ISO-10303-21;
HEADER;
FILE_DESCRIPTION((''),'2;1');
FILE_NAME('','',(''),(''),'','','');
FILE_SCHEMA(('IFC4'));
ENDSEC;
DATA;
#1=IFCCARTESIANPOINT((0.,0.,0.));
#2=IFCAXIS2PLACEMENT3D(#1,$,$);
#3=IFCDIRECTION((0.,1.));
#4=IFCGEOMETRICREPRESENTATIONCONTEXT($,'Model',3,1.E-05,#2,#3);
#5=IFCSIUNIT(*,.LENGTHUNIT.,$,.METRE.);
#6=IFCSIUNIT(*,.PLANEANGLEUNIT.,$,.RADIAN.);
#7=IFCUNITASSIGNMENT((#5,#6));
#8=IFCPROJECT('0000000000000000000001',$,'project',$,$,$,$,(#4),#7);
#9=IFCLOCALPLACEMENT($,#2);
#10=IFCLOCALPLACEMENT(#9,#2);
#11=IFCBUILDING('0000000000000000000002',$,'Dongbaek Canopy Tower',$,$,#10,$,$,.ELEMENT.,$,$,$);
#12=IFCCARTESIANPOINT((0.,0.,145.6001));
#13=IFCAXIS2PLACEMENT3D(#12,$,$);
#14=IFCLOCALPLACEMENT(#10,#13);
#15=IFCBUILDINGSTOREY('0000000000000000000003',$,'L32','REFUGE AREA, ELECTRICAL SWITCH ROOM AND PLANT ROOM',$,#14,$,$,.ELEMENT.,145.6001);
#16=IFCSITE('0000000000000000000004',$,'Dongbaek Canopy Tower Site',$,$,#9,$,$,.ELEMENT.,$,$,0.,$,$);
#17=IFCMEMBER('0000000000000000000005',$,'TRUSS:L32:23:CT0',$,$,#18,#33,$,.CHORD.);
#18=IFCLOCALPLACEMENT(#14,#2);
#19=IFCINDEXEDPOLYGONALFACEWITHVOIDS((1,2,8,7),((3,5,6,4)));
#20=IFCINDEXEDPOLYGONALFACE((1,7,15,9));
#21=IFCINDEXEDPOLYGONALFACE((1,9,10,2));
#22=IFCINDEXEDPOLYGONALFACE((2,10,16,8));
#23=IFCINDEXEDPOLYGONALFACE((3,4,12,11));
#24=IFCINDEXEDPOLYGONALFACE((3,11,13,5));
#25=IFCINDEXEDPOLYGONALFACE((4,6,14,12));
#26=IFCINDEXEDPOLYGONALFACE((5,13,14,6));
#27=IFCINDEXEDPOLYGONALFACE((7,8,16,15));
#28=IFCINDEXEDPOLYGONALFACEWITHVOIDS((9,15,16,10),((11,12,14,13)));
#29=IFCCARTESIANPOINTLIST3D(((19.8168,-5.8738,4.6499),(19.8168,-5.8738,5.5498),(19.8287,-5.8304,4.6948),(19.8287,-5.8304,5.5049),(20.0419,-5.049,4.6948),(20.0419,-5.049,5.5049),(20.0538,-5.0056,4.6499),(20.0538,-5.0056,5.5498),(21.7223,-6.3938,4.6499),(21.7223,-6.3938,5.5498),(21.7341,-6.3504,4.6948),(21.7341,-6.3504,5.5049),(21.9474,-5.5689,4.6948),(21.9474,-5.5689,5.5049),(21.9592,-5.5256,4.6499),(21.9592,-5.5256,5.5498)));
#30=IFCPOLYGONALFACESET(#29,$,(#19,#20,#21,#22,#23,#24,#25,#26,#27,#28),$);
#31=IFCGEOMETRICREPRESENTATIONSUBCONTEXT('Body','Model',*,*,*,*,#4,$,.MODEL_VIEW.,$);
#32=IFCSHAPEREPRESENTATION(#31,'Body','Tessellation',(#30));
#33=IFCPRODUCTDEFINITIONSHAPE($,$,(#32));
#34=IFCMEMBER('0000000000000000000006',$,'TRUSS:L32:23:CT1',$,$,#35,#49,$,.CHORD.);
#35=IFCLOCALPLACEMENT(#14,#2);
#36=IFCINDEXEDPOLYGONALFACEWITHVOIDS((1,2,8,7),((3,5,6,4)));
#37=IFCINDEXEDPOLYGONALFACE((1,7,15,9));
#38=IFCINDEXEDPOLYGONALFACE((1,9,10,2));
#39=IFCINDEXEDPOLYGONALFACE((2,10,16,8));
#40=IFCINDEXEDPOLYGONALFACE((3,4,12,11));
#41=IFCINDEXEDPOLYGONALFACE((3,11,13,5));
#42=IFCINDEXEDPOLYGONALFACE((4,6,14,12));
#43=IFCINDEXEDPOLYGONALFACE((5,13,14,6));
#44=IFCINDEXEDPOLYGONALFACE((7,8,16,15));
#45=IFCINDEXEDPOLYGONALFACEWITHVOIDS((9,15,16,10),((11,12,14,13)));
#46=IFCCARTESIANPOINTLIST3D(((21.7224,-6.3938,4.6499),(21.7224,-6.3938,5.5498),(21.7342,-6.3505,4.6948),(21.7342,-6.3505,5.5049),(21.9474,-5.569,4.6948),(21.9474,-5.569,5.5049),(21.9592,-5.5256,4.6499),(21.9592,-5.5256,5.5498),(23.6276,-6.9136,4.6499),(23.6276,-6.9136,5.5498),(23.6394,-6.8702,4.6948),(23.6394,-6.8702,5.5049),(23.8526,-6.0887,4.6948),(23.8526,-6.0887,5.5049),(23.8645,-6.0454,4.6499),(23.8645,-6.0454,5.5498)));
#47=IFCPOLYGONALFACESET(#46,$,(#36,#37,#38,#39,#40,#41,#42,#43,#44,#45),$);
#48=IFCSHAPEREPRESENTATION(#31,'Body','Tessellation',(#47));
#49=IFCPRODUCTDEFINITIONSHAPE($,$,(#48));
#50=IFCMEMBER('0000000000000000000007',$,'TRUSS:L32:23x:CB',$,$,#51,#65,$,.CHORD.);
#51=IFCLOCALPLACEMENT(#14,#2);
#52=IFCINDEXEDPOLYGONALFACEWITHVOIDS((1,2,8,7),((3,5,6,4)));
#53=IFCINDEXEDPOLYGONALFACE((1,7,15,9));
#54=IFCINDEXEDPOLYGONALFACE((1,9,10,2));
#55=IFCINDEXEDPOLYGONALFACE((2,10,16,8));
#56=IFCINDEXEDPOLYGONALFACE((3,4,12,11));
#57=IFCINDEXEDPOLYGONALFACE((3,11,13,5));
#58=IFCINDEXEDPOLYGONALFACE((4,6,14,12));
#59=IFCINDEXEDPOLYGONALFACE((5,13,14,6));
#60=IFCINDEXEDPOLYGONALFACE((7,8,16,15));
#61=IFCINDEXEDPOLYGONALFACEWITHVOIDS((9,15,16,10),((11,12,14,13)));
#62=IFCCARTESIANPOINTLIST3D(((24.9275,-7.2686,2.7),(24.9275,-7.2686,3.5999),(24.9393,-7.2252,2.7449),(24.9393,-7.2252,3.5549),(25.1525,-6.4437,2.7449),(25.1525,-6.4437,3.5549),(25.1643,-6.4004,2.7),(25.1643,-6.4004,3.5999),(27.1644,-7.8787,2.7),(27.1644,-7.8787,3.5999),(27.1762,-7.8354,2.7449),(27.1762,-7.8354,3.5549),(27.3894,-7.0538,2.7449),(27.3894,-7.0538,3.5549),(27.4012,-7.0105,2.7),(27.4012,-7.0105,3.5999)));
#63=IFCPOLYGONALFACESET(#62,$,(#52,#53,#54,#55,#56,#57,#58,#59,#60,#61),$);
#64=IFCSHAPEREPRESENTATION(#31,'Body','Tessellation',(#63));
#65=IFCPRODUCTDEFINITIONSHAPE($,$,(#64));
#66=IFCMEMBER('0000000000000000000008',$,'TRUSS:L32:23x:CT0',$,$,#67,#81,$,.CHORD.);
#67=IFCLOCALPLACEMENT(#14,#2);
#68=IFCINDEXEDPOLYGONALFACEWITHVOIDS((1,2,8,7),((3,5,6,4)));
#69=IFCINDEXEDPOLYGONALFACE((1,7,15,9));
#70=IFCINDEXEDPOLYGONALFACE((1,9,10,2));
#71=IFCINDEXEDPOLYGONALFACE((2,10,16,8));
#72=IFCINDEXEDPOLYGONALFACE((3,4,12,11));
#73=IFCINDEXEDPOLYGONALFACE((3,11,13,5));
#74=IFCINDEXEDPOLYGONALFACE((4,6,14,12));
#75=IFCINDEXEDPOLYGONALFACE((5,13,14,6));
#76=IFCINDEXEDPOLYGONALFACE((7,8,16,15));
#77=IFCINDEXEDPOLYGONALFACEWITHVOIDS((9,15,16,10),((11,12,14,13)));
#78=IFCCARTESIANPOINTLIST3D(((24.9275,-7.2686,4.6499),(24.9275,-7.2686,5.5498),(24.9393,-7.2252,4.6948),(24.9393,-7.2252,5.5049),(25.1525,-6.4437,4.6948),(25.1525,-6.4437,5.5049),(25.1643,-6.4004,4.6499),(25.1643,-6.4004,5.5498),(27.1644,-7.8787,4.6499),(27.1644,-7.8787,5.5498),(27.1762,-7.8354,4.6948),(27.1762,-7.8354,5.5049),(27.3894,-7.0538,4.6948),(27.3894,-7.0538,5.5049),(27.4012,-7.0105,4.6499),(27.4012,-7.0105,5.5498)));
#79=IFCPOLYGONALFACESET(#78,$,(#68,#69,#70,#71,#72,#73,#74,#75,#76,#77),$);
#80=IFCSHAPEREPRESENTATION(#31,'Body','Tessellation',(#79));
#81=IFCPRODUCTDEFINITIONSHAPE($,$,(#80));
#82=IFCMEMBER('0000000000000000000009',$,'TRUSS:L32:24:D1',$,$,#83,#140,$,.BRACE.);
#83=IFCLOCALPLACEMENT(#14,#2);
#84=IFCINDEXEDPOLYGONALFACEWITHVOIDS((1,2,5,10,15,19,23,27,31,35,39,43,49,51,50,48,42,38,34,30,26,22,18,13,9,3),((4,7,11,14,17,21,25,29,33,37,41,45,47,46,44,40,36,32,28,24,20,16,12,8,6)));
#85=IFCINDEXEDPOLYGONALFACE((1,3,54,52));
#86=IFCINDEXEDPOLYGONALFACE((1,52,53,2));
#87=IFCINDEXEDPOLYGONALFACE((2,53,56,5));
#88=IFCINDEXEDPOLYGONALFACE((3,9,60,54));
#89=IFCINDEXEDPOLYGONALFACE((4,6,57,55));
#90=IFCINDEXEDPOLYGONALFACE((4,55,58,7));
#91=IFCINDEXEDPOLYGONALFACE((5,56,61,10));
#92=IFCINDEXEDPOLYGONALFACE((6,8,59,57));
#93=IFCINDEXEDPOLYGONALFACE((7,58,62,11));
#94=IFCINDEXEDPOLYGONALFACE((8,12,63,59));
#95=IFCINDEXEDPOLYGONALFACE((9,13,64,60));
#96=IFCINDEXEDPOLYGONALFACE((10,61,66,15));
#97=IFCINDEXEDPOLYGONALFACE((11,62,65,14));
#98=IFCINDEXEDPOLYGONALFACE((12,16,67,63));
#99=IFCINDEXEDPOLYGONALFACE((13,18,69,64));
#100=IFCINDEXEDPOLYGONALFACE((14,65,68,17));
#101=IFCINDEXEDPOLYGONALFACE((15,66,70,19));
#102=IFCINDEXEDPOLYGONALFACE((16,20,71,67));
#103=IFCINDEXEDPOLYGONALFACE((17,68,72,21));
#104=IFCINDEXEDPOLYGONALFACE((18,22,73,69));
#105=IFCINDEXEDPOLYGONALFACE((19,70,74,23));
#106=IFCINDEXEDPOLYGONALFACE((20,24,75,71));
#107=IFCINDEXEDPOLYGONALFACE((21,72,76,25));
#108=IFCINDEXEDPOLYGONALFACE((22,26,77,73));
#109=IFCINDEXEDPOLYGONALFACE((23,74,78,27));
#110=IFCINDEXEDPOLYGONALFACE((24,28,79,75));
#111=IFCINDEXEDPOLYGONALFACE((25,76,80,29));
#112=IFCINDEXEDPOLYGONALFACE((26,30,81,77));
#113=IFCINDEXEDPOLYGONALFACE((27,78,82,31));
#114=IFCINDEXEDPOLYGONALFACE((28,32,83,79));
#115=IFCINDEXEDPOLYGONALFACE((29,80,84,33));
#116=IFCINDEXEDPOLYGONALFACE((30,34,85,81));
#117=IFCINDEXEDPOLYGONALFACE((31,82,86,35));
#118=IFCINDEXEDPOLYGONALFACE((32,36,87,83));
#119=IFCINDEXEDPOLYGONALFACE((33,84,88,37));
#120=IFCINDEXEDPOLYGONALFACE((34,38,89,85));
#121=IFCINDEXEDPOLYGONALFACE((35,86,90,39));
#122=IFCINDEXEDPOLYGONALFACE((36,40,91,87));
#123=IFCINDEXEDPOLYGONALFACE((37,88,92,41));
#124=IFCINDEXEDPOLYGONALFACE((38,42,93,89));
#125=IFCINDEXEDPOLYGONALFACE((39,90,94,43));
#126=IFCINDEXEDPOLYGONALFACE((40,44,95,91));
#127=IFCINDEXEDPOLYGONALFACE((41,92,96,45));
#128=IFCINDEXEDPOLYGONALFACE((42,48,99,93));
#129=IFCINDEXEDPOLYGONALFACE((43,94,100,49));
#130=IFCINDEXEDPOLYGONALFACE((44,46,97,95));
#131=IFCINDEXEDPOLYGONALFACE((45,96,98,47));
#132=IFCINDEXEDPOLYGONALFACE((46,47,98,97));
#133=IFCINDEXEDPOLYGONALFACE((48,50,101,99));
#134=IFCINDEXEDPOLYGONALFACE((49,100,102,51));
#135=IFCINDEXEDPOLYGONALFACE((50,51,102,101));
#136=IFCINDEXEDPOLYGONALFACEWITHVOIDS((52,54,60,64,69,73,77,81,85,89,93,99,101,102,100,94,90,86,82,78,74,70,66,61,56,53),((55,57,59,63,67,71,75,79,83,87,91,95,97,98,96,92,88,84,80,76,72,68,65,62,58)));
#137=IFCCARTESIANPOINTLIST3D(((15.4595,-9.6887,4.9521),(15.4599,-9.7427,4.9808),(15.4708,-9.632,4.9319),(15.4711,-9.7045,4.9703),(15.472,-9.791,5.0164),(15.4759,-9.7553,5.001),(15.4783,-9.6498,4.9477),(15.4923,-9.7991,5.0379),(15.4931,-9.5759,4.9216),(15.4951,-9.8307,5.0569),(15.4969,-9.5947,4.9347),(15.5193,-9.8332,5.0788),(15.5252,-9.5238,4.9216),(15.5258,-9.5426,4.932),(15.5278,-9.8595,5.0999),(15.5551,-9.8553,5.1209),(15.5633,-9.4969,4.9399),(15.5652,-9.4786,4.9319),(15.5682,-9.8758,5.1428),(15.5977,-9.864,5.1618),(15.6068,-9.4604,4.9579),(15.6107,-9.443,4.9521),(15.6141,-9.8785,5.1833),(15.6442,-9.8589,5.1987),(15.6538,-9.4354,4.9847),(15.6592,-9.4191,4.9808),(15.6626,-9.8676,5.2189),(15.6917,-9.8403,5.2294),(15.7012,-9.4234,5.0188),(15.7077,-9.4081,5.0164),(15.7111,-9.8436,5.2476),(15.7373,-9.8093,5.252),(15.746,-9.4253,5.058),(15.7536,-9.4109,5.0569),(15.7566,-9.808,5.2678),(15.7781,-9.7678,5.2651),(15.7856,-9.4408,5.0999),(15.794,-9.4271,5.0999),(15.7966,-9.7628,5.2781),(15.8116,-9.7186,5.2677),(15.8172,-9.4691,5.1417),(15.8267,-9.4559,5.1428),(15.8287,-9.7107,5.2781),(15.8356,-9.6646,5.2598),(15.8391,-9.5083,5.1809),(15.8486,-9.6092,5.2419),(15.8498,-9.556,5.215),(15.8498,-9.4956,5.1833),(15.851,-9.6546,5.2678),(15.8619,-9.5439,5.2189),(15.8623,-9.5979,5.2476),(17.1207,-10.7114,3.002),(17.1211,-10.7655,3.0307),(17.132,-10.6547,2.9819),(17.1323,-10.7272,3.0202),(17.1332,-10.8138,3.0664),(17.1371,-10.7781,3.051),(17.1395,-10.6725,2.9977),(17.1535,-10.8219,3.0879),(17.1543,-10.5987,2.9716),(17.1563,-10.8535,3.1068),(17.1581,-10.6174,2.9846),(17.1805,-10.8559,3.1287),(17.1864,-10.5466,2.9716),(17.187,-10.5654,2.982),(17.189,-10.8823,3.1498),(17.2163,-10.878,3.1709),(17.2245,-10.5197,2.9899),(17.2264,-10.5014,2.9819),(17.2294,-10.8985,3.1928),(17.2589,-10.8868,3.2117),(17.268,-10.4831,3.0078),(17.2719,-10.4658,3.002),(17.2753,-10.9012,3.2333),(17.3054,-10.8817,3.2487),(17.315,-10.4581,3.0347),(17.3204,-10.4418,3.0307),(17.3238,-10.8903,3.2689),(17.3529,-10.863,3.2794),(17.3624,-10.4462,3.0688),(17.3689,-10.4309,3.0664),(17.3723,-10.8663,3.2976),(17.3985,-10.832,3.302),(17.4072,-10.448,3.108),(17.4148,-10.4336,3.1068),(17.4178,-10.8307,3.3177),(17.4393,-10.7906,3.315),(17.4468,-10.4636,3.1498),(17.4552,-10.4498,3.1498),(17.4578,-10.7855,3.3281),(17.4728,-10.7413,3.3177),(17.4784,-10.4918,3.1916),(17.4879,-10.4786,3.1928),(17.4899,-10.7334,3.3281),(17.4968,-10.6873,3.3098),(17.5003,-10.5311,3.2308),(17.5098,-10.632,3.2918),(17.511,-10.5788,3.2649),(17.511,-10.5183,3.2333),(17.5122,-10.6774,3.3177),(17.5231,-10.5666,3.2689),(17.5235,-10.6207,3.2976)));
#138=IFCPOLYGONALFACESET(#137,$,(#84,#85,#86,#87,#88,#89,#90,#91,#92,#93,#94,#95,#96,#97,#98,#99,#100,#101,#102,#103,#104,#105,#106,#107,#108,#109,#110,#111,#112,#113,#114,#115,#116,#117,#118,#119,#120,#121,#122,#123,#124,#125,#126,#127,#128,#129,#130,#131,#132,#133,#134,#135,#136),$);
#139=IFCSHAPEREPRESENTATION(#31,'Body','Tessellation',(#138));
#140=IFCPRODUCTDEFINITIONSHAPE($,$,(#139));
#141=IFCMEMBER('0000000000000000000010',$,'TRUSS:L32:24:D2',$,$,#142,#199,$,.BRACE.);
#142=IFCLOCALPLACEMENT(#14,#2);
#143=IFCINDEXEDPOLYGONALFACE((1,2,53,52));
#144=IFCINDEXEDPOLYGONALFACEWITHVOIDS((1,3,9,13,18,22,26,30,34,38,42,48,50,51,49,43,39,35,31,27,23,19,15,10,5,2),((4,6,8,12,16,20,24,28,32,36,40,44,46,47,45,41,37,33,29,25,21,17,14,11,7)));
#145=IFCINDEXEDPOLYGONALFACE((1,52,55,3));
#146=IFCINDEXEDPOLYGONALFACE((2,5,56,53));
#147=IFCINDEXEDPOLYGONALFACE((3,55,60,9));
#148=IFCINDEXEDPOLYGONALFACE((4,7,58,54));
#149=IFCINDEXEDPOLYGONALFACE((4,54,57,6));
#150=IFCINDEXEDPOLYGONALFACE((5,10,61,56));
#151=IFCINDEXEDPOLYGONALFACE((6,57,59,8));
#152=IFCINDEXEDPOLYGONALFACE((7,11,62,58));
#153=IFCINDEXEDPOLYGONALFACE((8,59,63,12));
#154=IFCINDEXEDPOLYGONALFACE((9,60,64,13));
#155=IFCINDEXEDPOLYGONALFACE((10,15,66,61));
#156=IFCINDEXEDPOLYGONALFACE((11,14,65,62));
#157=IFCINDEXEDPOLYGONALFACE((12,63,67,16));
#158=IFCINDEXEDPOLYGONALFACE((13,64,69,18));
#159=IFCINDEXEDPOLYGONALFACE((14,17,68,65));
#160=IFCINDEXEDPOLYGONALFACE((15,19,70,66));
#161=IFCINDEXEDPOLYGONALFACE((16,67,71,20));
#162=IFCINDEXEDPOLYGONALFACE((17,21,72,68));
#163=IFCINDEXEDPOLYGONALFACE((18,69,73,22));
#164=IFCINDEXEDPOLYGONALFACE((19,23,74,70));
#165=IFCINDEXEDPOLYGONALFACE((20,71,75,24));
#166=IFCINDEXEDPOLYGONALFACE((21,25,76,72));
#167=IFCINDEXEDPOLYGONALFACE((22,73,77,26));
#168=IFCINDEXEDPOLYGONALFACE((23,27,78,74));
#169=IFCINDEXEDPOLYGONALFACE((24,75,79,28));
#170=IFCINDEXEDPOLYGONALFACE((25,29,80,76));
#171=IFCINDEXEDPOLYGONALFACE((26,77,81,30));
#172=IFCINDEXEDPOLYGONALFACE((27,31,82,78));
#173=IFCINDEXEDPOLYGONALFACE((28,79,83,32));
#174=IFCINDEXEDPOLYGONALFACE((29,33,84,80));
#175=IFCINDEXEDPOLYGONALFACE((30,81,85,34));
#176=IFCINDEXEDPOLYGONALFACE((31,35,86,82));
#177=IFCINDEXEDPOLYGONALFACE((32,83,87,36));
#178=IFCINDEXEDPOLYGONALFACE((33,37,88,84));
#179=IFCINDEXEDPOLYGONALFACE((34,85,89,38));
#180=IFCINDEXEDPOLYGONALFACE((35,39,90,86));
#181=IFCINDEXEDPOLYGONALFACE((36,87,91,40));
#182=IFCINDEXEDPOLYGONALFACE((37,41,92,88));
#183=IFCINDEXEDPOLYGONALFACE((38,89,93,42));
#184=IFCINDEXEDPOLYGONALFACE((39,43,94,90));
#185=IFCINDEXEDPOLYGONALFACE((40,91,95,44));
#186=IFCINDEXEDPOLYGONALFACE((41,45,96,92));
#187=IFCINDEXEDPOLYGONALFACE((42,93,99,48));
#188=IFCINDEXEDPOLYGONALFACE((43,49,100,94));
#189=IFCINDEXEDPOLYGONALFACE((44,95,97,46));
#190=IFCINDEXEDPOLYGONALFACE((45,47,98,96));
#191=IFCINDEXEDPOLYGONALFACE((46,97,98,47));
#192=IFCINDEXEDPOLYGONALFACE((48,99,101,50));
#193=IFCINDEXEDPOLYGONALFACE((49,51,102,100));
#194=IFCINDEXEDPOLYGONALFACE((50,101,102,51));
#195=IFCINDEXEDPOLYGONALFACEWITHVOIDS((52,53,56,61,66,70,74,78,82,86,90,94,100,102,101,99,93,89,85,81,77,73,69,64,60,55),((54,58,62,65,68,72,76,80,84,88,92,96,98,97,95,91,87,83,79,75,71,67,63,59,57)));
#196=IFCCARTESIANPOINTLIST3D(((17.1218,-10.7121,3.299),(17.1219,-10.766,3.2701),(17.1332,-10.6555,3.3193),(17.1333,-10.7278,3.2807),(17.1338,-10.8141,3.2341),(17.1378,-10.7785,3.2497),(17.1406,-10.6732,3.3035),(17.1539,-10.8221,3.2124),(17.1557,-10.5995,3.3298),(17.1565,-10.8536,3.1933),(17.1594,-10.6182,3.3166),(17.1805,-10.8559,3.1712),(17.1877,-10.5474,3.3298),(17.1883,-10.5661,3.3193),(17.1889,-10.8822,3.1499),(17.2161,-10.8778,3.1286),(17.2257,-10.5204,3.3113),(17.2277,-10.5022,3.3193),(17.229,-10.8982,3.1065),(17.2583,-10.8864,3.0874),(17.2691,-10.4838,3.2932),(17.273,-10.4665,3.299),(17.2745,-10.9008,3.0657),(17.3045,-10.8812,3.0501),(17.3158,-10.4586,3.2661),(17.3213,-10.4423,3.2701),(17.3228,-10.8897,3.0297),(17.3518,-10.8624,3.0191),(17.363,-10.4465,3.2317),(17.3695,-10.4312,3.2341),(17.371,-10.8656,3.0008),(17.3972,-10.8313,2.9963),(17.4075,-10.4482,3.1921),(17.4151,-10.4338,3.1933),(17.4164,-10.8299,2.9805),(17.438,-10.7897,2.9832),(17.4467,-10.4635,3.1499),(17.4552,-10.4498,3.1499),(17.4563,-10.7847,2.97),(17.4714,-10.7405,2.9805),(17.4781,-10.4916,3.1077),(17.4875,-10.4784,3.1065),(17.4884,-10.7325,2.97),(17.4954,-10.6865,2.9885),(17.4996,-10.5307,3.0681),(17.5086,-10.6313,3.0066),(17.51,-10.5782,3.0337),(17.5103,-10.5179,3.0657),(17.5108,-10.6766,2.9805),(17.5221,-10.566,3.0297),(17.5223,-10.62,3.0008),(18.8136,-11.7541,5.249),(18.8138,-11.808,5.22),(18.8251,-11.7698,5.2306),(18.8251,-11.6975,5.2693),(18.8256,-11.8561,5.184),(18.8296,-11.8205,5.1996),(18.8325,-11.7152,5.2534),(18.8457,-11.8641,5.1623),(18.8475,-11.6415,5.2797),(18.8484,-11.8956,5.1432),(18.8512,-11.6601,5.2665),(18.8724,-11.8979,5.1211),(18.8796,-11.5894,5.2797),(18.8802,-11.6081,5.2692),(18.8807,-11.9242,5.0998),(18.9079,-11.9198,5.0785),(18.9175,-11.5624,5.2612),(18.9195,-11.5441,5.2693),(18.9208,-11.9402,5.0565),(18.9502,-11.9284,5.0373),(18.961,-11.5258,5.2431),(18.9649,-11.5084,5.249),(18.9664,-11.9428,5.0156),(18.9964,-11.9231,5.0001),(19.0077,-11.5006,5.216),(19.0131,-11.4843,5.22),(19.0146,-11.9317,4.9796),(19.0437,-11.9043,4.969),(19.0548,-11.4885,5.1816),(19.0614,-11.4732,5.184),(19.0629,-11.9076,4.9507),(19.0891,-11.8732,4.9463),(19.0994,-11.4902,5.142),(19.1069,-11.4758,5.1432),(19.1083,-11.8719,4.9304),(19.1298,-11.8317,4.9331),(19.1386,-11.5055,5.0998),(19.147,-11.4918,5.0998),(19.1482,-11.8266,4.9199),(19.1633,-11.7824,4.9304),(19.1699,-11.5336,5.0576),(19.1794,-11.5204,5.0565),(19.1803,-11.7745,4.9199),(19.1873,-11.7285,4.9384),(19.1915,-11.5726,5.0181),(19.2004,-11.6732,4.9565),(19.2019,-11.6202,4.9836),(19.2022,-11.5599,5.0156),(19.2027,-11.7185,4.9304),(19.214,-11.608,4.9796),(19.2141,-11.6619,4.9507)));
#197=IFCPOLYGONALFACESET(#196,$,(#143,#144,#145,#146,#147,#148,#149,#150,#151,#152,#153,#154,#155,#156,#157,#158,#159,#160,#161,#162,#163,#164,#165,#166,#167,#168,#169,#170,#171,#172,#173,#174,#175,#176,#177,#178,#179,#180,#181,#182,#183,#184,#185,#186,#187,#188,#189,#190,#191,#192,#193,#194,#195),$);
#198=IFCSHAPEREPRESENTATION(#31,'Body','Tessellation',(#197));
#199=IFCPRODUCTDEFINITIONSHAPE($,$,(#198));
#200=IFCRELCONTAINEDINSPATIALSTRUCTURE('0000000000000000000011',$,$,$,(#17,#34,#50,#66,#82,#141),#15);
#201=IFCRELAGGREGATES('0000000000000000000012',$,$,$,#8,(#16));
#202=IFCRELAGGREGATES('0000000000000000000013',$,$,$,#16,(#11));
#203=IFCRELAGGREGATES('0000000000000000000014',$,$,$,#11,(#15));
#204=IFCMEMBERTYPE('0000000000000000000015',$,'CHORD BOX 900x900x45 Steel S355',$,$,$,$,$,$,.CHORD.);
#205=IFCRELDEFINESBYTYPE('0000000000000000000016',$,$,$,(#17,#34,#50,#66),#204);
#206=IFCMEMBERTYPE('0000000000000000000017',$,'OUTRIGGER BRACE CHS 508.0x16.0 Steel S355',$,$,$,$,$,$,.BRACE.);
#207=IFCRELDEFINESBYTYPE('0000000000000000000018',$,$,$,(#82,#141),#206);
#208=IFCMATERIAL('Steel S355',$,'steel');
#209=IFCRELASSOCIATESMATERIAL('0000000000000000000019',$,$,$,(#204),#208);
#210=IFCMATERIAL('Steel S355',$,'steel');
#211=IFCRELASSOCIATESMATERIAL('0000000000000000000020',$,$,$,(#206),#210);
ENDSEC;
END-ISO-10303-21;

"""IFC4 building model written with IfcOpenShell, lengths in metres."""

from ifc_helpers import new_model, si_unit, direction, frame, origin, origin_2d, place, context, subcontext, project, spatial, hollow_rectangle, hollow_circle, extrude, material, material_profile, profile_set, type_object, element, save


model = new_model("IFC4")

# Units and contexts
model_context = context("Model", 3, precision=1e-05, world=origin(), true_north=direction((0.0, 1.0)))
body_context = subcontext(model_context, "Body", "Model", "MODEL_VIEW")
ifc_project = project(units=[si_unit("LENGTHUNIT", "METRE"), si_unit("PLANEANGLEUNIT", "RADIAN")], contexts=[model_context])

# Site, building, storey
site_placement = place(None, origin())
site = spatial("IfcSite", under=ifc_project, at=site_placement, Name="Dongbaek Canopy Tower Site", CompositionType="ELEMENT", RefElevation=0.0)
building_placement = place(site_placement, origin())
building = spatial("IfcBuilding", under=site, at=building_placement, Name="Dongbaek Canopy Tower", CompositionType="ELEMENT")
storey_placement = place(building_placement, frame((0.0, 0.0, 145.6001)))
storey = spatial("IfcBuildingStorey", under=building, at=storey_placement, Name="L32", Description="REFUGE AREA, ELECTRICAL SWITCH ROOM AND PLANT ROOM", CompositionType="ELEMENT", Elevation=145.6001)

# Members
ifc_material_1 = material(Name="Steel S355", Category="steel")
ifc_material_profile_1 = material_profile(ifc_material_1, hollow_rectangle(XDim=0.8999, YDim=0.8999, WallThickness=0.0449, at=origin_2d()), Name="CHORD BOX 900x900x45 Steel S355")
ifc_profile_set_1 = profile_set([ifc_material_profile_1], Name="Steel S355")
member_type_1 = type_object("IfcMemberType", Name="CHORD BOX 900x900x45 Steel S355", PredefinedType="CHORD", material=ifc_profile_set_1)
member_1_placement = place(storey_placement, frame((19.9353, -5.4397, 5.0999), z_axis=(0.964721, -0.263274, 0.0), x_axis=(0.263274, 0.964721, 0.0)))
element("IfcMember", 1, at=member_1_placement, inside=storey, type_object=member_type_1, Name="TRUSS:L32:23:CT0", PredefinedType="CHORD", context=body_context, shape_type="SweptSolid", body=[
    extrude(hollow_rectangle(XDim=0.8999, YDim=0.8999, WallThickness=0.0449, at=origin_2d()), origin(), (0.0, 0.0, 1.0), 1.9751),
])
member_2_placement = place(storey_placement, frame((21.8408, -5.9597, 5.0999), z_axis=(0.964744, -0.263191, 0.0), x_axis=(0.263191, 0.964744, 0.0)))
element("IfcMember", 2, at=member_2_placement, inside=storey, type_object=member_type_1, Name="TRUSS:L32:23:CT1", PredefinedType="CHORD", context=body_context, shape_type="SweptSolid", body=[
    extrude(hollow_rectangle(XDim=0.8999, YDim=0.8999, WallThickness=0.0449, at=origin_2d()), origin(), (0.0, 0.0, 1.0), 1.9749),
])
for number, where, z_axis, x_axis, name in (
    (3, (25.0459, -6.8345, 3.1499), (0.964757, -0.263144, 0.0), (0.263144, 0.964757, 0.0), "TRUSS:L32:23x:CB"),
    (4, (25.0459, -6.8345, 5.0999), (0.964757, -0.263144, 0.0), (0.263144, 0.964757, 0.0), "TRUSS:L32:23x:CT0"),
):
    element("IfcMember", number, at=place(storey_placement, frame(where, z_axis=z_axis, x_axis=x_axis)), inside=storey, type_object=member_type_1, Name=name, PredefinedType="CHORD", context=body_context, shape_type="SweptSolid", body=[
        extrude(hollow_rectangle(XDim=0.8999, YDim=0.8999, WallThickness=0.0449, at=origin_2d()), origin(), (0.0, 0.0, 1.0), 2.3186),
    ])
ifc_material_2 = material(Name="Steel S355", Category="steel")
ifc_material_profile_2 = material_profile(ifc_material_2, hollow_circle(Radius=0.2539, WallThickness=0.0161, at=origin_2d()), Name="OUTRIGGER BRACE CHS 508.0x16.0 Steel S355")
ifc_profile_set_2 = profile_set([ifc_material_profile_2], Name="Steel S355")
member_type_2 = type_object("IfcMemberType", Name="OUTRIGGER BRACE CHS 508.0x16.0 Steel S355", PredefinedType="BRACE", material=ifc_profile_set_2)
member_3_placement = place(storey_placement, frame((15.6609, -9.6433, 5.0999), z_axis=(0.602255, -0.370789, -0.706968), x_axis=(0.524272, 0.851551, 0.0)))
element("IfcMember", 5, at=member_3_placement, inside=storey, type_object=member_type_2, Name="TRUSS:L32:24:D1", PredefinedType="BRACE", context=body_context, shape_type="SweptSolid", body=[
    extrude(hollow_circle(Radius=0.2539, WallThickness=0.0161, at=origin_2d()), origin(), (0.0, 0.0, 1.0), 2.7583),
])
for number, where, z_axis, x_axis, name in (
    (6, (17.322, -10.666, 3.1499), (0.607724, -0.374281, 0.700418), (0.524399, 0.851473, 0.0), "TRUSS:L32:24:D2"),
):
    element("IfcMember", number, at=place(storey_placement, frame(where, z_axis=z_axis, x_axis=x_axis)), inside=storey, type_object=member_type_2, Name=name, PredefinedType="BRACE", context=body_context, shape_type="SweptSolid", body=[
        extrude(hollow_circle(Radius=0.2539, WallThickness=0.0161, at=origin_2d()), origin(), (0.0, 0.0, 1.0), 2.7839),
    ])

save(model, "model.ifc")
